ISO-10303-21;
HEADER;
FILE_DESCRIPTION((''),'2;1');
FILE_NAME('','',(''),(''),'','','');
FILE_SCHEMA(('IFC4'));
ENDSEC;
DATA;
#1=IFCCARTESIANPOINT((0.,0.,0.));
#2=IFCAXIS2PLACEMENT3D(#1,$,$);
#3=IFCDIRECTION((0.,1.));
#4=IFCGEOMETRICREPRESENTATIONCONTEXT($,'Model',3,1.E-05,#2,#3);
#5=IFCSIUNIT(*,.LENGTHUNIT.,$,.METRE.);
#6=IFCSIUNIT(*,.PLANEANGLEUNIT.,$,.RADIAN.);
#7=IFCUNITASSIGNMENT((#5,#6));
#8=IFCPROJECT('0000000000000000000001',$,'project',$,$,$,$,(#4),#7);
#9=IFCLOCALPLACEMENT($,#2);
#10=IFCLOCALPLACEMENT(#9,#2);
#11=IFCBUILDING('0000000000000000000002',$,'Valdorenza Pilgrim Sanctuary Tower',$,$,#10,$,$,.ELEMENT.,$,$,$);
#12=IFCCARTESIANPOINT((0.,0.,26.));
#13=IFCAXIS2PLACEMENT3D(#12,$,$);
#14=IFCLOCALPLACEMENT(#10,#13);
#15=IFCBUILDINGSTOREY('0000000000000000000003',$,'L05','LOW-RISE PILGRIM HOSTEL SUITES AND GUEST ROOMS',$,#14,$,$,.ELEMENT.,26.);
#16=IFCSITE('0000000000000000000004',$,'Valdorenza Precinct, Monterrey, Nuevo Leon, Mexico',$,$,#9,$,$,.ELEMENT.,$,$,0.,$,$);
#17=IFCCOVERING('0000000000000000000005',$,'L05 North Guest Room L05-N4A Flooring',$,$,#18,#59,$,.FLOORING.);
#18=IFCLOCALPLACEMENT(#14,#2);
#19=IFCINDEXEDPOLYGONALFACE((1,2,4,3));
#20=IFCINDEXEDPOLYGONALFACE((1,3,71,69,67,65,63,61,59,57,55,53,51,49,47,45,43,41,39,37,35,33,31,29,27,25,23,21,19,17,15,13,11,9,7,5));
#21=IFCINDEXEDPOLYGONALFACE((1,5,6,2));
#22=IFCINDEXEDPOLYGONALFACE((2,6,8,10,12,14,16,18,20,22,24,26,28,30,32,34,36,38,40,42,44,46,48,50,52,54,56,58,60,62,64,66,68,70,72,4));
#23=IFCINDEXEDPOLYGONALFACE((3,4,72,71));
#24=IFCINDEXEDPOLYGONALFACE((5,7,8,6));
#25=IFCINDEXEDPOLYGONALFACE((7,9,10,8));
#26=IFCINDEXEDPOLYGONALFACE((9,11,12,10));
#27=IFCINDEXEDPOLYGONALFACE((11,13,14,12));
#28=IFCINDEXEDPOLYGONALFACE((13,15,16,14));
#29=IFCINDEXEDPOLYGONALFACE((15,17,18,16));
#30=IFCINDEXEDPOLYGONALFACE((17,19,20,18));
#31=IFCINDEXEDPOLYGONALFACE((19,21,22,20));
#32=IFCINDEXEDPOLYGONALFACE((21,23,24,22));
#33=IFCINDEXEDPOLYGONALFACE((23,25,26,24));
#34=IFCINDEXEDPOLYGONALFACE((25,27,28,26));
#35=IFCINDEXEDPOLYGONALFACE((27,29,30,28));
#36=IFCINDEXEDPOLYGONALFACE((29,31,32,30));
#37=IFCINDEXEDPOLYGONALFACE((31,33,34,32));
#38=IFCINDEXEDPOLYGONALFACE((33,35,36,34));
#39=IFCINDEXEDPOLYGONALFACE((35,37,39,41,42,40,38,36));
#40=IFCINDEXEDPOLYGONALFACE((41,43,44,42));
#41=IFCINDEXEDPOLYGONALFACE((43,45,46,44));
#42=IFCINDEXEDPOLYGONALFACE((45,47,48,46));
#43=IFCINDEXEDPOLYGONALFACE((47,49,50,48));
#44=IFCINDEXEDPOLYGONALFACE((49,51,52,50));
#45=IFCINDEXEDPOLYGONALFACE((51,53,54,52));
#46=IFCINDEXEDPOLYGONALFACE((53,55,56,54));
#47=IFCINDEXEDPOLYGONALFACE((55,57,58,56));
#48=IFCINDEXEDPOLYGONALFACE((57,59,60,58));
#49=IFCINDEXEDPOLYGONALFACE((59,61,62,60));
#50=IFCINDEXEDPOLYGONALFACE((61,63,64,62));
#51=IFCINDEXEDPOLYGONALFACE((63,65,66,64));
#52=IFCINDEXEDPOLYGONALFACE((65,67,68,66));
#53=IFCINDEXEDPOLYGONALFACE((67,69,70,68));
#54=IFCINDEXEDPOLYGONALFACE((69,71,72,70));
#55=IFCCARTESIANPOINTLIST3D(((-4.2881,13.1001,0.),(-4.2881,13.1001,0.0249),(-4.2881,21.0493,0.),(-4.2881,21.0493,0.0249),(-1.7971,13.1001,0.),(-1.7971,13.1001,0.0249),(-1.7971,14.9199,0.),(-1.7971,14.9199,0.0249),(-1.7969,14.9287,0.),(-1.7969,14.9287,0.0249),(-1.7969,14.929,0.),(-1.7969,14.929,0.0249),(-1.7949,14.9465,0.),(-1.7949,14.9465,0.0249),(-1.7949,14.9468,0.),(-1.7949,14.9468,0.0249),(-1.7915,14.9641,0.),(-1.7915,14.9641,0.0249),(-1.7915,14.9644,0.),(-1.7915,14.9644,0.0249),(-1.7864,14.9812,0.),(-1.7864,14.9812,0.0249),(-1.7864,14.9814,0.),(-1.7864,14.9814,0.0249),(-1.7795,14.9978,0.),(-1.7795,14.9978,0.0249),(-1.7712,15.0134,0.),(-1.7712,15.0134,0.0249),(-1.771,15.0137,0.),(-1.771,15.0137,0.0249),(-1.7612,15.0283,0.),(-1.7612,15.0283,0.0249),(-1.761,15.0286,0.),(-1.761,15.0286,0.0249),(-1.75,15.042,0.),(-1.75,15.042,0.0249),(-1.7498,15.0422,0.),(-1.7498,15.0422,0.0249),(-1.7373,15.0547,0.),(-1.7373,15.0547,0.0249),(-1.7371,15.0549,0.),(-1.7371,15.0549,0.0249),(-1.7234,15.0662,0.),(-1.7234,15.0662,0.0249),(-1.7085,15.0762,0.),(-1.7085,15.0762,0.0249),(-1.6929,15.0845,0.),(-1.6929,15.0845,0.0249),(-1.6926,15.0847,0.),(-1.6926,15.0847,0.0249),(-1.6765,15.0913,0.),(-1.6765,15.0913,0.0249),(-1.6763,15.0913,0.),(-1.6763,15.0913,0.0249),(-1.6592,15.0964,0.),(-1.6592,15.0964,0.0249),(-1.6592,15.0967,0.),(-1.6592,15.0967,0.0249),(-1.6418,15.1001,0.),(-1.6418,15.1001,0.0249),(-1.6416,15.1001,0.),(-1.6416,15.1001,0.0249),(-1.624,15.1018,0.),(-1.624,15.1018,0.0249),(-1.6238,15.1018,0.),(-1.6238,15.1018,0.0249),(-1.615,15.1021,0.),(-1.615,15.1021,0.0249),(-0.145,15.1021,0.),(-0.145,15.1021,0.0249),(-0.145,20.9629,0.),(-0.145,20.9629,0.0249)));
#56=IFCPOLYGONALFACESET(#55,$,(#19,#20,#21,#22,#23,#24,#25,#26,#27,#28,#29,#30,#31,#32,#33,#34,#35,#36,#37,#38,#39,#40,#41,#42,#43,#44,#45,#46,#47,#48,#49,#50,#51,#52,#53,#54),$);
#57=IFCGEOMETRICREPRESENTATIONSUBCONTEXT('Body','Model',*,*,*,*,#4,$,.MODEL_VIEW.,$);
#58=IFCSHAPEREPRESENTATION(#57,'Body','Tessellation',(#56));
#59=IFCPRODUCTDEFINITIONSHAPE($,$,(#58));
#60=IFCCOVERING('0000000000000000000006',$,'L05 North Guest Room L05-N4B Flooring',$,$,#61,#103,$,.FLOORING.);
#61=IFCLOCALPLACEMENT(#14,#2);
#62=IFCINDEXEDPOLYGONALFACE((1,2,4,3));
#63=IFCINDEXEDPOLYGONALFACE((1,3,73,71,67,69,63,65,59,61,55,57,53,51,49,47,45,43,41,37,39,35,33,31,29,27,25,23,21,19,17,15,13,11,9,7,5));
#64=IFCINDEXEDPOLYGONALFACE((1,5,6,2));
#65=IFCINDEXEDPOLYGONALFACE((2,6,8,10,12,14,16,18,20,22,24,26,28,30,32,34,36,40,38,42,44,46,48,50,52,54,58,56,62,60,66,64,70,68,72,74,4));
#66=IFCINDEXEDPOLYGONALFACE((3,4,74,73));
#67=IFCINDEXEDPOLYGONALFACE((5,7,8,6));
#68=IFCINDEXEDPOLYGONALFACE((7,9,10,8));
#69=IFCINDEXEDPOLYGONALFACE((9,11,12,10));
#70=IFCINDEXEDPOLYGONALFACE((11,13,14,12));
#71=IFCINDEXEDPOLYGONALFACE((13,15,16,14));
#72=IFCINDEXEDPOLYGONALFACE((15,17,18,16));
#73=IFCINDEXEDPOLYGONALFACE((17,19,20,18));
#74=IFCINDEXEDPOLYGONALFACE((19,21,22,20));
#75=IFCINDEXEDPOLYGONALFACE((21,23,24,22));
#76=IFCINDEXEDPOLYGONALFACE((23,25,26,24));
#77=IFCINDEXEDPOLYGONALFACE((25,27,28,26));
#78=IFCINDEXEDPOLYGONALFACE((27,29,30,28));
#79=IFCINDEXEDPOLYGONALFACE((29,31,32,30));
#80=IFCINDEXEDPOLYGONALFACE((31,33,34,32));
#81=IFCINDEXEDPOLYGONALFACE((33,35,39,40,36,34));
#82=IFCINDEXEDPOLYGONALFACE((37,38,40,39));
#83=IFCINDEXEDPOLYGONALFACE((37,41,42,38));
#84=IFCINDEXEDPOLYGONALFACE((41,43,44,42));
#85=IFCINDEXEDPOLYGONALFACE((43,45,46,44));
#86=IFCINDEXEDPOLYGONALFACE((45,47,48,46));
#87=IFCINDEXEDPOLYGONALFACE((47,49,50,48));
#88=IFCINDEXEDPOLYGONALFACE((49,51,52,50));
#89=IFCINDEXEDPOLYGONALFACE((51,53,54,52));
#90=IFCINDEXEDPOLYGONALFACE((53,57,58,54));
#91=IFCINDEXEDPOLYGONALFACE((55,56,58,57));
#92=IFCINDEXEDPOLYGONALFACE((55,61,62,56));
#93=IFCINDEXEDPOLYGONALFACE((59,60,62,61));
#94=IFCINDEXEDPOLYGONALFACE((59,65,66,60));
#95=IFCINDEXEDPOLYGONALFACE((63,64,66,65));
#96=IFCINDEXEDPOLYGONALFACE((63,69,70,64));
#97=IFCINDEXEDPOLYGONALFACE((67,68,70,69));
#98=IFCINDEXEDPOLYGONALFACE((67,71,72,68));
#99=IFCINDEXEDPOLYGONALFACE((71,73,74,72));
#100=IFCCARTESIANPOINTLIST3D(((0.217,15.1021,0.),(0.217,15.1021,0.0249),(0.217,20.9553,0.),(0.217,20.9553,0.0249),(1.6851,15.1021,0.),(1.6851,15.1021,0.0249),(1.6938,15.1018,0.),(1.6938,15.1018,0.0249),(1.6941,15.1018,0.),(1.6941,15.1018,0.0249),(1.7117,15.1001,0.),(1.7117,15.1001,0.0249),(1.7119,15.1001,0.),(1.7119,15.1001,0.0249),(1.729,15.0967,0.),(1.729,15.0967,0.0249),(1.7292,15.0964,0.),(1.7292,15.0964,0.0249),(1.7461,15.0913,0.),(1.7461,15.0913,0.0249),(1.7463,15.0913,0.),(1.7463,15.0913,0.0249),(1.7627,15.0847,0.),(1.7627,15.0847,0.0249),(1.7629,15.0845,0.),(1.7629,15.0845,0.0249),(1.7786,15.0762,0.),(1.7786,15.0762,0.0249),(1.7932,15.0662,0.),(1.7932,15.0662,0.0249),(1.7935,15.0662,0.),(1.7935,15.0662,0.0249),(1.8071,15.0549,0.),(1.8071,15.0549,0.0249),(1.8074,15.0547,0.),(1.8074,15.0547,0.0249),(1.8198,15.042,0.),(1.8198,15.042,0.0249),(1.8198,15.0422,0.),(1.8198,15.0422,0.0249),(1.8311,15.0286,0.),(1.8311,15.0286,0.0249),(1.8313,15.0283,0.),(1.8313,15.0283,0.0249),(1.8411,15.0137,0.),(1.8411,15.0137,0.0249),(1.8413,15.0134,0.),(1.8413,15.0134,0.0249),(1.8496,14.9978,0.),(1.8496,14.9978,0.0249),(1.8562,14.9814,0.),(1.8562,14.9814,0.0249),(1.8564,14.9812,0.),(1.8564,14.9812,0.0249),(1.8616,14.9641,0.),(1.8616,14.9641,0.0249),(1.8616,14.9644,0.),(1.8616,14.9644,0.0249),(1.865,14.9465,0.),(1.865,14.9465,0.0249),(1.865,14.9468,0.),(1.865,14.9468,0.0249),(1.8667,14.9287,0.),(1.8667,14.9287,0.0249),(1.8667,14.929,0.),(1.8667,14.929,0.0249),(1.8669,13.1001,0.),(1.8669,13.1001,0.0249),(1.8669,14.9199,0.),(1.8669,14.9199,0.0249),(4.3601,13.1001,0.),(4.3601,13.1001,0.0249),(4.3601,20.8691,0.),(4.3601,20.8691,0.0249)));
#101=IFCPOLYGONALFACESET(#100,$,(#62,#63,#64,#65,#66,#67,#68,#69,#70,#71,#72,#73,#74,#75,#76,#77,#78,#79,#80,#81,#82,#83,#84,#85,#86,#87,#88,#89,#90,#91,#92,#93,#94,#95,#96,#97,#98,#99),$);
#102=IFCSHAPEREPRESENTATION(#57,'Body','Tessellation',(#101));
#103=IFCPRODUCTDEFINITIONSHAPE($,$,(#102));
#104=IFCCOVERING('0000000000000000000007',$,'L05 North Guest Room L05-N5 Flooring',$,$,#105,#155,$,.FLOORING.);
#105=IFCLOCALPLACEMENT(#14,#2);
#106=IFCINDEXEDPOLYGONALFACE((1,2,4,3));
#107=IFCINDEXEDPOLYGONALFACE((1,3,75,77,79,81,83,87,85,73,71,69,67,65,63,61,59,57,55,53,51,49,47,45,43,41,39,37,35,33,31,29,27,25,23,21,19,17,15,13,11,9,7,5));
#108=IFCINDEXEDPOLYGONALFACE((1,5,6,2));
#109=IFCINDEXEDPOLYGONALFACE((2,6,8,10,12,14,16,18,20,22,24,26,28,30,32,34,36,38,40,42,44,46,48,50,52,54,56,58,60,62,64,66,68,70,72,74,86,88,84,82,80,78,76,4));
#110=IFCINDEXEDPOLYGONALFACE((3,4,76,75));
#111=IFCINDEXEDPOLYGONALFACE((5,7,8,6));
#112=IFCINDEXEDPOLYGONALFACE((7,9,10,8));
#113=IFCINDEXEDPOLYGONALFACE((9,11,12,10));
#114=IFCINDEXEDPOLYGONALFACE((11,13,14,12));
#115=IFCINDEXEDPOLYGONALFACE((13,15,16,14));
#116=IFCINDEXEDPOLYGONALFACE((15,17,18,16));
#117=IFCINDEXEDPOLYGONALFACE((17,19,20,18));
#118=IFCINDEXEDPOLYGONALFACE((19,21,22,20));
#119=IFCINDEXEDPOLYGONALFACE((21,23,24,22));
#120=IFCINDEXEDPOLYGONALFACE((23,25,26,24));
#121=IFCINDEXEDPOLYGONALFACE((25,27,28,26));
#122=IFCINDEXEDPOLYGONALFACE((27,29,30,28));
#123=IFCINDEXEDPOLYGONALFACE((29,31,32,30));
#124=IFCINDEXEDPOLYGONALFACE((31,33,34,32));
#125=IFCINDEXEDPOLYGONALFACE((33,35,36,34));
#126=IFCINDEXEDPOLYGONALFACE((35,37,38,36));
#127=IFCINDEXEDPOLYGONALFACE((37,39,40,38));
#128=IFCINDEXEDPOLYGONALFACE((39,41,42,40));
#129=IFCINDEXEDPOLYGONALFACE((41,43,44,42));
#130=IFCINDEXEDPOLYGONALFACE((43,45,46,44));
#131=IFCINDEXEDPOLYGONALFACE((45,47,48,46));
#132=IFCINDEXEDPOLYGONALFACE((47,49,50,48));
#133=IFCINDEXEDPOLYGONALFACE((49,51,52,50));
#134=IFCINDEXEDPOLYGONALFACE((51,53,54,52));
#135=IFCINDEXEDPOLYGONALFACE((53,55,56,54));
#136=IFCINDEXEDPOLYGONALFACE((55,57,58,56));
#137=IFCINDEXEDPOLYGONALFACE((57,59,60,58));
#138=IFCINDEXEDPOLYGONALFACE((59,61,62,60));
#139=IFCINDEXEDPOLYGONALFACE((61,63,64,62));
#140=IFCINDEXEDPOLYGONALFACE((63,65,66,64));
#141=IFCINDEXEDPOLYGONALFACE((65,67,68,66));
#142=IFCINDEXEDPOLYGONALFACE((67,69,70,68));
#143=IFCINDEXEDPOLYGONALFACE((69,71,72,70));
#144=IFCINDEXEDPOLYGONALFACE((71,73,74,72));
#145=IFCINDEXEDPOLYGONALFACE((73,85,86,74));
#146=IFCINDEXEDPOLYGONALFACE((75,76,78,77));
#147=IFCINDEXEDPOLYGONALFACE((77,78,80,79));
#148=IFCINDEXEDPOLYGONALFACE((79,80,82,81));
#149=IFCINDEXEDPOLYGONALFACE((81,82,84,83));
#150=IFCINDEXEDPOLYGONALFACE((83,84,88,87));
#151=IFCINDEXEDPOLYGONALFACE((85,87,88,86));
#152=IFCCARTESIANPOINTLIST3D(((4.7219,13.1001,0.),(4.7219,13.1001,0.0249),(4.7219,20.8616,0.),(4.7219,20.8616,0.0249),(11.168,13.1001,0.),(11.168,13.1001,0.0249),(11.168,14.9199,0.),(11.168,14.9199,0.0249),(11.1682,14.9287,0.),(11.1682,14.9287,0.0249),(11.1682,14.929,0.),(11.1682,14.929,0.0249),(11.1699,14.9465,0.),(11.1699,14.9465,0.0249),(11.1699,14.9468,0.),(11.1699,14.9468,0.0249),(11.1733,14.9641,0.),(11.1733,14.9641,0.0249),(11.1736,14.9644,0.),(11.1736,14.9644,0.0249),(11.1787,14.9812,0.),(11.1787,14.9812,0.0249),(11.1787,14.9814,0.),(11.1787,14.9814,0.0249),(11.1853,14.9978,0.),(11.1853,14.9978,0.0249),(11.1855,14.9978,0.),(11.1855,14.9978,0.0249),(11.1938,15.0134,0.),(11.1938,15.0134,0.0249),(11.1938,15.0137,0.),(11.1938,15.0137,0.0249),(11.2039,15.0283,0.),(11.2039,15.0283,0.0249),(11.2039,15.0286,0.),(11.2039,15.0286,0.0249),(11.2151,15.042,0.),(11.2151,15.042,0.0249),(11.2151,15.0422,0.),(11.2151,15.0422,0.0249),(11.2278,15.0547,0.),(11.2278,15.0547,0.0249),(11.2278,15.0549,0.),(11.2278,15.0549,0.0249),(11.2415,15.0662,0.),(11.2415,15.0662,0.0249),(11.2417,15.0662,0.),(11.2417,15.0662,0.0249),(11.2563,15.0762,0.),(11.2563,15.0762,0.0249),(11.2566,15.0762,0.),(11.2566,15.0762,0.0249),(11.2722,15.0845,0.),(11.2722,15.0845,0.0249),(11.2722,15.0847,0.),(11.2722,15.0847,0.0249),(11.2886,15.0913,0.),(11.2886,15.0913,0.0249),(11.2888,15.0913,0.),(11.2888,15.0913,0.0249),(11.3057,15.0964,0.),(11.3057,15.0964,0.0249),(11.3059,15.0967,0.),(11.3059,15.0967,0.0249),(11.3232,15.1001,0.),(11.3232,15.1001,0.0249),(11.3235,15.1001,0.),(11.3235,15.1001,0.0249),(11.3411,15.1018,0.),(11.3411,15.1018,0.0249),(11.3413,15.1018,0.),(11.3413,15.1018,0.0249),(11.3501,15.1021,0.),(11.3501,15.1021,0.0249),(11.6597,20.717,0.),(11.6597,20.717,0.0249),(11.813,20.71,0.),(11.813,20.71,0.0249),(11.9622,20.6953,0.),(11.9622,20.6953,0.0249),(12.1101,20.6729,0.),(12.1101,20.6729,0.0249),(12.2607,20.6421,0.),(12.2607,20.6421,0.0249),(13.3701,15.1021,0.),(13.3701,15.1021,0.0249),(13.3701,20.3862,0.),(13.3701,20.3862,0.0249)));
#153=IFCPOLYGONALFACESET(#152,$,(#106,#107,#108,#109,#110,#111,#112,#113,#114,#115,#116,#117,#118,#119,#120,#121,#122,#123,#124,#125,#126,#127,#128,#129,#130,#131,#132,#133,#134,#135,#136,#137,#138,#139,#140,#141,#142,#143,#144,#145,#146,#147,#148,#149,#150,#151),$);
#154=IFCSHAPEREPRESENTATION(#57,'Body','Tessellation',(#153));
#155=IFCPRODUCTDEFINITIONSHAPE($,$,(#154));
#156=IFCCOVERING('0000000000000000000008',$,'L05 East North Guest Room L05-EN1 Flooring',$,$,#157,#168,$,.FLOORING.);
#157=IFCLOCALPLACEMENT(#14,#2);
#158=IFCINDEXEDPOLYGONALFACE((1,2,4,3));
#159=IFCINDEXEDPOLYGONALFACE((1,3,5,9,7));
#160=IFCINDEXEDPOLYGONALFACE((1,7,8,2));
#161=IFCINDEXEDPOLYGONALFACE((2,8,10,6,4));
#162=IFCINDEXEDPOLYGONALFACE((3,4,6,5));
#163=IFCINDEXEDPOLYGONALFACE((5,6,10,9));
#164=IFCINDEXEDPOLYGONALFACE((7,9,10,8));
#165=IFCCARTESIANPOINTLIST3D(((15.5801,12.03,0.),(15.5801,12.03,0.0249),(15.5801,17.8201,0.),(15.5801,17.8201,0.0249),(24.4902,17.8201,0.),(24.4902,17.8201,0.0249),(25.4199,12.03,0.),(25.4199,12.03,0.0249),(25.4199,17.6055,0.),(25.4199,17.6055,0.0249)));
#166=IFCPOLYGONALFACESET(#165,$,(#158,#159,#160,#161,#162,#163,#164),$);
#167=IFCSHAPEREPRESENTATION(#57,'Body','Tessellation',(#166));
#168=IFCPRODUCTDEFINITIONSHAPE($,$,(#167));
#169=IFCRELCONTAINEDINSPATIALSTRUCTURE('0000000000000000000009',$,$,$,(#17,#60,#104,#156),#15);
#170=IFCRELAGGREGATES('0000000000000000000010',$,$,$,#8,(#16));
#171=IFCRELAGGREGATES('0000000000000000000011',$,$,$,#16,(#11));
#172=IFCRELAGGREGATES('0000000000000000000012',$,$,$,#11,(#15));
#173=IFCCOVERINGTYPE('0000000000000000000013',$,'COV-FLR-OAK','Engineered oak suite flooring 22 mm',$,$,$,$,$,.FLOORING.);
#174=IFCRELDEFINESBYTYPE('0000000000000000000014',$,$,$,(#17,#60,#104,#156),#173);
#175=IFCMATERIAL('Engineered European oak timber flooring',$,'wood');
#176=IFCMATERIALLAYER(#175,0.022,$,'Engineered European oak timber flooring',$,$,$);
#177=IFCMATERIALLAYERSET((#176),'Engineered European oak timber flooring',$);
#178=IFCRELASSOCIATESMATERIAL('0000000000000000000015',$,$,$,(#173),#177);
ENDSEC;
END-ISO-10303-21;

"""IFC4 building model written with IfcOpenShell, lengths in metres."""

from ifc_helpers import new_model, si_unit, direction, frame, origin, place, context, subcontext, project, spatial, polyline, outline, extrude, material, layer, layer_set, type_object, element, save


model = new_model("IFC4")

# Units and contexts
model_context = context("Model", 3, precision=1e-05, world=origin(), true_north=direction((0.0, 1.0)))
body_context = subcontext(model_context, "Body", "Model", "MODEL_VIEW")
ifc_project = project(units=[si_unit("LENGTHUNIT", "METRE"), si_unit("PLANEANGLEUNIT", "RADIAN")], contexts=[model_context])

# Site, building, storey
site_placement = place(None, origin())
site = spatial("IfcSite", under=ifc_project, at=site_placement, Name="Valdorenza Precinct, Monterrey, Nuevo Leon, Mexico", CompositionType="ELEMENT", RefElevation=0.0)
building_placement = place(site_placement, origin())
building = spatial("IfcBuilding", under=site, at=building_placement, Name="Valdorenza Pilgrim Sanctuary Tower", CompositionType="ELEMENT")
storey_placement = place(building_placement, frame((0.0, 0.0, 26.0)))
storey = spatial("IfcBuildingStorey", under=building, at=storey_placement, Name="L05", Description="LOW-RISE PILGRIM HOSTEL SUITES AND GUEST ROOMS", CompositionType="ELEMENT", Elevation=26.0)

# Coverings
ifc_material_1 = material(Name="Engineered European oak timber flooring", Category="wood")
ifc_layer_1 = layer(ifc_material_1, 0.022, Name="Engineered European oak timber flooring")
ifc_layer_set_1 = layer_set([ifc_layer_1], Name="Engineered European oak timber flooring")
covering_type_1 = type_object("IfcCoveringType", Name="COV-FLR-OAK", Description="Engineered oak suite flooring 22 mm", PredefinedType="FLOORING", material=ifc_layer_set_1)
covering_1_placement = place(storey_placement, origin())
element("IfcCovering", 1, at=covering_1_placement, inside=storey, type_object=covering_type_1, Name="L05 North Guest Room L05-N4A Flooring", PredefinedType="FLOORING", context=body_context, shape_type="SweptSolid", body=[
    extrude(outline(polyline([(-0.145, 20.9629), (-0.145, 15.1021), (-1.615, 15.1021), (-1.6238, 15.1018), (-1.624, 15.1018), (-1.6416, 15.1001), (-1.6418, 15.1001), (-1.6592, 15.0967), (-1.6592, 15.0964), (-1.6763, 15.0913), (-1.6765, 15.0913), (-1.6926, 15.0847), (-1.6929, 15.0845), (-1.7085, 15.0762), (-1.7085, 15.0762), (-1.7234, 15.0662), (-1.7234, 15.0662), (-1.7371, 15.0549), (-1.7373, 15.0547), (-1.7498, 15.0422), (-1.75, 15.042), (-1.761, 15.0286), (-1.7612, 15.0283), (-1.771, 15.0137), (-1.7712, 15.0134), (-1.7795, 14.9978), (-1.7795, 14.9978), (-1.7864, 14.9814), (-1.7864, 14.9812), (-1.7915, 14.9644), (-1.7915, 14.9641), (-1.7949, 14.9468), (-1.7949, 14.9465), (-1.7969, 14.929), (-1.7969, 14.9287), (-1.7971, 14.9199), (-1.7971, 13.1001), (-4.2881, 13.1001), (-4.2881, 21.0493), (-0.145, 20.9629)])), origin(), (0.0, 0.0, 1.0), 0.0249),
])
covering_2_placement = place(storey_placement, origin())
element("IfcCovering", 2, at=covering_2_placement, inside=storey, type_object=covering_type_1, Name="L05 North Guest Room L05-N4B Flooring", PredefinedType="FLOORING", context=body_context, shape_type="SweptSolid", body=[
    extrude(outline(polyline([(1.8669, 13.1001), (1.8669, 14.9199), (1.8667, 14.9287), (1.8667, 14.929), (1.865, 14.9465), (1.865, 14.9468), (1.8616, 14.9641), (1.8616, 14.9644), (1.8564, 14.9812), (1.8562, 14.9814), (1.8496, 14.9978), (1.8496, 14.9978), (1.8413, 15.0134), (1.8411, 15.0137), (1.8313, 15.0283), (1.8311, 15.0286), (1.8198, 15.042), (1.8198, 15.0422), (1.8074, 15.0547), (1.8071, 15.0549), (1.7935, 15.0662), (1.7932, 15.0662), (1.7786, 15.0762), (1.7786, 15.0762), (1.7629, 15.0845), (1.7627, 15.0847), (1.7463, 15.0913), (1.7461, 15.0913), (1.7292, 15.0964), (1.729, 15.0967), (1.7119, 15.1001), (1.7117, 15.1001), (1.6941, 15.1018), (1.6938, 15.1018), (1.6851, 15.1021), (0.217, 15.1021), (0.217, 20.9553), (4.3601, 20.8691), (4.3601, 13.1001), (1.8669, 13.1001)])), origin(), (0.0, 0.0, 1.0), 0.0249),
])
covering_3_placement = place(storey_placement, origin())
element("IfcCovering", 3, at=covering_3_placement, inside=storey, type_object=covering_type_1, Name="L05 North Guest Room L05-N5 Flooring", PredefinedType="FLOORING", context=body_context, shape_type="SweptSolid", body=[
    extrude(outline(polyline([(11.6597, 20.717), (11.813, 20.71), (11.9622, 20.6953), (12.1101, 20.6729), (12.2607, 20.6421), (13.3701, 20.3862), (13.3701, 15.1021), (11.3501, 15.1021), (11.3413, 15.1018), (11.3411, 15.1018), (11.3235, 15.1001), (11.3232, 15.1001), (11.3059, 15.0967), (11.3057, 15.0964), (11.2888, 15.0913), (11.2886, 15.0913), (11.2722, 15.0847), (11.2722, 15.0845), (11.2566, 15.0762), (11.2563, 15.0762), (11.2417, 15.0662), (11.2415, 15.0662), (11.2278, 15.0549), (11.2278, 15.0547), (11.2151, 15.0422), (11.2151, 15.042), (11.2039, 15.0286), (11.2039, 15.0283), (11.1938, 15.0137), (11.1938, 15.0134), (11.1855, 14.9978), (11.1853, 14.9978), (11.1787, 14.9814), (11.1787, 14.9812), (11.1736, 14.9644), (11.1733, 14.9641), (11.1699, 14.9468), (11.1699, 14.9465), (11.1682, 14.929), (11.1682, 14.9287), (11.168, 14.9199), (11.168, 13.1001), (4.7219, 13.1001), (4.7219, 20.8616), (11.6597, 20.717)])), origin(), (0.0, 0.0, 1.0), 0.0249),
])
covering_4_placement = place(storey_placement, origin())
element("IfcCovering", 4, at=covering_4_placement, inside=storey, type_object=covering_type_1, Name="L05 East North Guest Room L05-EN1 Flooring", PredefinedType="FLOORING", context=body_context, shape_type="SweptSolid", body=[
    extrude(outline(polyline([(24.4902, 17.8201), (25.4199, 17.6055), (25.4199, 12.03), (15.5801, 12.03), (15.5801, 17.8201), (24.4902, 17.8201)])), origin(), (0.0, 0.0, 1.0), 0.0249),
])

save(model, "model.ifc")
